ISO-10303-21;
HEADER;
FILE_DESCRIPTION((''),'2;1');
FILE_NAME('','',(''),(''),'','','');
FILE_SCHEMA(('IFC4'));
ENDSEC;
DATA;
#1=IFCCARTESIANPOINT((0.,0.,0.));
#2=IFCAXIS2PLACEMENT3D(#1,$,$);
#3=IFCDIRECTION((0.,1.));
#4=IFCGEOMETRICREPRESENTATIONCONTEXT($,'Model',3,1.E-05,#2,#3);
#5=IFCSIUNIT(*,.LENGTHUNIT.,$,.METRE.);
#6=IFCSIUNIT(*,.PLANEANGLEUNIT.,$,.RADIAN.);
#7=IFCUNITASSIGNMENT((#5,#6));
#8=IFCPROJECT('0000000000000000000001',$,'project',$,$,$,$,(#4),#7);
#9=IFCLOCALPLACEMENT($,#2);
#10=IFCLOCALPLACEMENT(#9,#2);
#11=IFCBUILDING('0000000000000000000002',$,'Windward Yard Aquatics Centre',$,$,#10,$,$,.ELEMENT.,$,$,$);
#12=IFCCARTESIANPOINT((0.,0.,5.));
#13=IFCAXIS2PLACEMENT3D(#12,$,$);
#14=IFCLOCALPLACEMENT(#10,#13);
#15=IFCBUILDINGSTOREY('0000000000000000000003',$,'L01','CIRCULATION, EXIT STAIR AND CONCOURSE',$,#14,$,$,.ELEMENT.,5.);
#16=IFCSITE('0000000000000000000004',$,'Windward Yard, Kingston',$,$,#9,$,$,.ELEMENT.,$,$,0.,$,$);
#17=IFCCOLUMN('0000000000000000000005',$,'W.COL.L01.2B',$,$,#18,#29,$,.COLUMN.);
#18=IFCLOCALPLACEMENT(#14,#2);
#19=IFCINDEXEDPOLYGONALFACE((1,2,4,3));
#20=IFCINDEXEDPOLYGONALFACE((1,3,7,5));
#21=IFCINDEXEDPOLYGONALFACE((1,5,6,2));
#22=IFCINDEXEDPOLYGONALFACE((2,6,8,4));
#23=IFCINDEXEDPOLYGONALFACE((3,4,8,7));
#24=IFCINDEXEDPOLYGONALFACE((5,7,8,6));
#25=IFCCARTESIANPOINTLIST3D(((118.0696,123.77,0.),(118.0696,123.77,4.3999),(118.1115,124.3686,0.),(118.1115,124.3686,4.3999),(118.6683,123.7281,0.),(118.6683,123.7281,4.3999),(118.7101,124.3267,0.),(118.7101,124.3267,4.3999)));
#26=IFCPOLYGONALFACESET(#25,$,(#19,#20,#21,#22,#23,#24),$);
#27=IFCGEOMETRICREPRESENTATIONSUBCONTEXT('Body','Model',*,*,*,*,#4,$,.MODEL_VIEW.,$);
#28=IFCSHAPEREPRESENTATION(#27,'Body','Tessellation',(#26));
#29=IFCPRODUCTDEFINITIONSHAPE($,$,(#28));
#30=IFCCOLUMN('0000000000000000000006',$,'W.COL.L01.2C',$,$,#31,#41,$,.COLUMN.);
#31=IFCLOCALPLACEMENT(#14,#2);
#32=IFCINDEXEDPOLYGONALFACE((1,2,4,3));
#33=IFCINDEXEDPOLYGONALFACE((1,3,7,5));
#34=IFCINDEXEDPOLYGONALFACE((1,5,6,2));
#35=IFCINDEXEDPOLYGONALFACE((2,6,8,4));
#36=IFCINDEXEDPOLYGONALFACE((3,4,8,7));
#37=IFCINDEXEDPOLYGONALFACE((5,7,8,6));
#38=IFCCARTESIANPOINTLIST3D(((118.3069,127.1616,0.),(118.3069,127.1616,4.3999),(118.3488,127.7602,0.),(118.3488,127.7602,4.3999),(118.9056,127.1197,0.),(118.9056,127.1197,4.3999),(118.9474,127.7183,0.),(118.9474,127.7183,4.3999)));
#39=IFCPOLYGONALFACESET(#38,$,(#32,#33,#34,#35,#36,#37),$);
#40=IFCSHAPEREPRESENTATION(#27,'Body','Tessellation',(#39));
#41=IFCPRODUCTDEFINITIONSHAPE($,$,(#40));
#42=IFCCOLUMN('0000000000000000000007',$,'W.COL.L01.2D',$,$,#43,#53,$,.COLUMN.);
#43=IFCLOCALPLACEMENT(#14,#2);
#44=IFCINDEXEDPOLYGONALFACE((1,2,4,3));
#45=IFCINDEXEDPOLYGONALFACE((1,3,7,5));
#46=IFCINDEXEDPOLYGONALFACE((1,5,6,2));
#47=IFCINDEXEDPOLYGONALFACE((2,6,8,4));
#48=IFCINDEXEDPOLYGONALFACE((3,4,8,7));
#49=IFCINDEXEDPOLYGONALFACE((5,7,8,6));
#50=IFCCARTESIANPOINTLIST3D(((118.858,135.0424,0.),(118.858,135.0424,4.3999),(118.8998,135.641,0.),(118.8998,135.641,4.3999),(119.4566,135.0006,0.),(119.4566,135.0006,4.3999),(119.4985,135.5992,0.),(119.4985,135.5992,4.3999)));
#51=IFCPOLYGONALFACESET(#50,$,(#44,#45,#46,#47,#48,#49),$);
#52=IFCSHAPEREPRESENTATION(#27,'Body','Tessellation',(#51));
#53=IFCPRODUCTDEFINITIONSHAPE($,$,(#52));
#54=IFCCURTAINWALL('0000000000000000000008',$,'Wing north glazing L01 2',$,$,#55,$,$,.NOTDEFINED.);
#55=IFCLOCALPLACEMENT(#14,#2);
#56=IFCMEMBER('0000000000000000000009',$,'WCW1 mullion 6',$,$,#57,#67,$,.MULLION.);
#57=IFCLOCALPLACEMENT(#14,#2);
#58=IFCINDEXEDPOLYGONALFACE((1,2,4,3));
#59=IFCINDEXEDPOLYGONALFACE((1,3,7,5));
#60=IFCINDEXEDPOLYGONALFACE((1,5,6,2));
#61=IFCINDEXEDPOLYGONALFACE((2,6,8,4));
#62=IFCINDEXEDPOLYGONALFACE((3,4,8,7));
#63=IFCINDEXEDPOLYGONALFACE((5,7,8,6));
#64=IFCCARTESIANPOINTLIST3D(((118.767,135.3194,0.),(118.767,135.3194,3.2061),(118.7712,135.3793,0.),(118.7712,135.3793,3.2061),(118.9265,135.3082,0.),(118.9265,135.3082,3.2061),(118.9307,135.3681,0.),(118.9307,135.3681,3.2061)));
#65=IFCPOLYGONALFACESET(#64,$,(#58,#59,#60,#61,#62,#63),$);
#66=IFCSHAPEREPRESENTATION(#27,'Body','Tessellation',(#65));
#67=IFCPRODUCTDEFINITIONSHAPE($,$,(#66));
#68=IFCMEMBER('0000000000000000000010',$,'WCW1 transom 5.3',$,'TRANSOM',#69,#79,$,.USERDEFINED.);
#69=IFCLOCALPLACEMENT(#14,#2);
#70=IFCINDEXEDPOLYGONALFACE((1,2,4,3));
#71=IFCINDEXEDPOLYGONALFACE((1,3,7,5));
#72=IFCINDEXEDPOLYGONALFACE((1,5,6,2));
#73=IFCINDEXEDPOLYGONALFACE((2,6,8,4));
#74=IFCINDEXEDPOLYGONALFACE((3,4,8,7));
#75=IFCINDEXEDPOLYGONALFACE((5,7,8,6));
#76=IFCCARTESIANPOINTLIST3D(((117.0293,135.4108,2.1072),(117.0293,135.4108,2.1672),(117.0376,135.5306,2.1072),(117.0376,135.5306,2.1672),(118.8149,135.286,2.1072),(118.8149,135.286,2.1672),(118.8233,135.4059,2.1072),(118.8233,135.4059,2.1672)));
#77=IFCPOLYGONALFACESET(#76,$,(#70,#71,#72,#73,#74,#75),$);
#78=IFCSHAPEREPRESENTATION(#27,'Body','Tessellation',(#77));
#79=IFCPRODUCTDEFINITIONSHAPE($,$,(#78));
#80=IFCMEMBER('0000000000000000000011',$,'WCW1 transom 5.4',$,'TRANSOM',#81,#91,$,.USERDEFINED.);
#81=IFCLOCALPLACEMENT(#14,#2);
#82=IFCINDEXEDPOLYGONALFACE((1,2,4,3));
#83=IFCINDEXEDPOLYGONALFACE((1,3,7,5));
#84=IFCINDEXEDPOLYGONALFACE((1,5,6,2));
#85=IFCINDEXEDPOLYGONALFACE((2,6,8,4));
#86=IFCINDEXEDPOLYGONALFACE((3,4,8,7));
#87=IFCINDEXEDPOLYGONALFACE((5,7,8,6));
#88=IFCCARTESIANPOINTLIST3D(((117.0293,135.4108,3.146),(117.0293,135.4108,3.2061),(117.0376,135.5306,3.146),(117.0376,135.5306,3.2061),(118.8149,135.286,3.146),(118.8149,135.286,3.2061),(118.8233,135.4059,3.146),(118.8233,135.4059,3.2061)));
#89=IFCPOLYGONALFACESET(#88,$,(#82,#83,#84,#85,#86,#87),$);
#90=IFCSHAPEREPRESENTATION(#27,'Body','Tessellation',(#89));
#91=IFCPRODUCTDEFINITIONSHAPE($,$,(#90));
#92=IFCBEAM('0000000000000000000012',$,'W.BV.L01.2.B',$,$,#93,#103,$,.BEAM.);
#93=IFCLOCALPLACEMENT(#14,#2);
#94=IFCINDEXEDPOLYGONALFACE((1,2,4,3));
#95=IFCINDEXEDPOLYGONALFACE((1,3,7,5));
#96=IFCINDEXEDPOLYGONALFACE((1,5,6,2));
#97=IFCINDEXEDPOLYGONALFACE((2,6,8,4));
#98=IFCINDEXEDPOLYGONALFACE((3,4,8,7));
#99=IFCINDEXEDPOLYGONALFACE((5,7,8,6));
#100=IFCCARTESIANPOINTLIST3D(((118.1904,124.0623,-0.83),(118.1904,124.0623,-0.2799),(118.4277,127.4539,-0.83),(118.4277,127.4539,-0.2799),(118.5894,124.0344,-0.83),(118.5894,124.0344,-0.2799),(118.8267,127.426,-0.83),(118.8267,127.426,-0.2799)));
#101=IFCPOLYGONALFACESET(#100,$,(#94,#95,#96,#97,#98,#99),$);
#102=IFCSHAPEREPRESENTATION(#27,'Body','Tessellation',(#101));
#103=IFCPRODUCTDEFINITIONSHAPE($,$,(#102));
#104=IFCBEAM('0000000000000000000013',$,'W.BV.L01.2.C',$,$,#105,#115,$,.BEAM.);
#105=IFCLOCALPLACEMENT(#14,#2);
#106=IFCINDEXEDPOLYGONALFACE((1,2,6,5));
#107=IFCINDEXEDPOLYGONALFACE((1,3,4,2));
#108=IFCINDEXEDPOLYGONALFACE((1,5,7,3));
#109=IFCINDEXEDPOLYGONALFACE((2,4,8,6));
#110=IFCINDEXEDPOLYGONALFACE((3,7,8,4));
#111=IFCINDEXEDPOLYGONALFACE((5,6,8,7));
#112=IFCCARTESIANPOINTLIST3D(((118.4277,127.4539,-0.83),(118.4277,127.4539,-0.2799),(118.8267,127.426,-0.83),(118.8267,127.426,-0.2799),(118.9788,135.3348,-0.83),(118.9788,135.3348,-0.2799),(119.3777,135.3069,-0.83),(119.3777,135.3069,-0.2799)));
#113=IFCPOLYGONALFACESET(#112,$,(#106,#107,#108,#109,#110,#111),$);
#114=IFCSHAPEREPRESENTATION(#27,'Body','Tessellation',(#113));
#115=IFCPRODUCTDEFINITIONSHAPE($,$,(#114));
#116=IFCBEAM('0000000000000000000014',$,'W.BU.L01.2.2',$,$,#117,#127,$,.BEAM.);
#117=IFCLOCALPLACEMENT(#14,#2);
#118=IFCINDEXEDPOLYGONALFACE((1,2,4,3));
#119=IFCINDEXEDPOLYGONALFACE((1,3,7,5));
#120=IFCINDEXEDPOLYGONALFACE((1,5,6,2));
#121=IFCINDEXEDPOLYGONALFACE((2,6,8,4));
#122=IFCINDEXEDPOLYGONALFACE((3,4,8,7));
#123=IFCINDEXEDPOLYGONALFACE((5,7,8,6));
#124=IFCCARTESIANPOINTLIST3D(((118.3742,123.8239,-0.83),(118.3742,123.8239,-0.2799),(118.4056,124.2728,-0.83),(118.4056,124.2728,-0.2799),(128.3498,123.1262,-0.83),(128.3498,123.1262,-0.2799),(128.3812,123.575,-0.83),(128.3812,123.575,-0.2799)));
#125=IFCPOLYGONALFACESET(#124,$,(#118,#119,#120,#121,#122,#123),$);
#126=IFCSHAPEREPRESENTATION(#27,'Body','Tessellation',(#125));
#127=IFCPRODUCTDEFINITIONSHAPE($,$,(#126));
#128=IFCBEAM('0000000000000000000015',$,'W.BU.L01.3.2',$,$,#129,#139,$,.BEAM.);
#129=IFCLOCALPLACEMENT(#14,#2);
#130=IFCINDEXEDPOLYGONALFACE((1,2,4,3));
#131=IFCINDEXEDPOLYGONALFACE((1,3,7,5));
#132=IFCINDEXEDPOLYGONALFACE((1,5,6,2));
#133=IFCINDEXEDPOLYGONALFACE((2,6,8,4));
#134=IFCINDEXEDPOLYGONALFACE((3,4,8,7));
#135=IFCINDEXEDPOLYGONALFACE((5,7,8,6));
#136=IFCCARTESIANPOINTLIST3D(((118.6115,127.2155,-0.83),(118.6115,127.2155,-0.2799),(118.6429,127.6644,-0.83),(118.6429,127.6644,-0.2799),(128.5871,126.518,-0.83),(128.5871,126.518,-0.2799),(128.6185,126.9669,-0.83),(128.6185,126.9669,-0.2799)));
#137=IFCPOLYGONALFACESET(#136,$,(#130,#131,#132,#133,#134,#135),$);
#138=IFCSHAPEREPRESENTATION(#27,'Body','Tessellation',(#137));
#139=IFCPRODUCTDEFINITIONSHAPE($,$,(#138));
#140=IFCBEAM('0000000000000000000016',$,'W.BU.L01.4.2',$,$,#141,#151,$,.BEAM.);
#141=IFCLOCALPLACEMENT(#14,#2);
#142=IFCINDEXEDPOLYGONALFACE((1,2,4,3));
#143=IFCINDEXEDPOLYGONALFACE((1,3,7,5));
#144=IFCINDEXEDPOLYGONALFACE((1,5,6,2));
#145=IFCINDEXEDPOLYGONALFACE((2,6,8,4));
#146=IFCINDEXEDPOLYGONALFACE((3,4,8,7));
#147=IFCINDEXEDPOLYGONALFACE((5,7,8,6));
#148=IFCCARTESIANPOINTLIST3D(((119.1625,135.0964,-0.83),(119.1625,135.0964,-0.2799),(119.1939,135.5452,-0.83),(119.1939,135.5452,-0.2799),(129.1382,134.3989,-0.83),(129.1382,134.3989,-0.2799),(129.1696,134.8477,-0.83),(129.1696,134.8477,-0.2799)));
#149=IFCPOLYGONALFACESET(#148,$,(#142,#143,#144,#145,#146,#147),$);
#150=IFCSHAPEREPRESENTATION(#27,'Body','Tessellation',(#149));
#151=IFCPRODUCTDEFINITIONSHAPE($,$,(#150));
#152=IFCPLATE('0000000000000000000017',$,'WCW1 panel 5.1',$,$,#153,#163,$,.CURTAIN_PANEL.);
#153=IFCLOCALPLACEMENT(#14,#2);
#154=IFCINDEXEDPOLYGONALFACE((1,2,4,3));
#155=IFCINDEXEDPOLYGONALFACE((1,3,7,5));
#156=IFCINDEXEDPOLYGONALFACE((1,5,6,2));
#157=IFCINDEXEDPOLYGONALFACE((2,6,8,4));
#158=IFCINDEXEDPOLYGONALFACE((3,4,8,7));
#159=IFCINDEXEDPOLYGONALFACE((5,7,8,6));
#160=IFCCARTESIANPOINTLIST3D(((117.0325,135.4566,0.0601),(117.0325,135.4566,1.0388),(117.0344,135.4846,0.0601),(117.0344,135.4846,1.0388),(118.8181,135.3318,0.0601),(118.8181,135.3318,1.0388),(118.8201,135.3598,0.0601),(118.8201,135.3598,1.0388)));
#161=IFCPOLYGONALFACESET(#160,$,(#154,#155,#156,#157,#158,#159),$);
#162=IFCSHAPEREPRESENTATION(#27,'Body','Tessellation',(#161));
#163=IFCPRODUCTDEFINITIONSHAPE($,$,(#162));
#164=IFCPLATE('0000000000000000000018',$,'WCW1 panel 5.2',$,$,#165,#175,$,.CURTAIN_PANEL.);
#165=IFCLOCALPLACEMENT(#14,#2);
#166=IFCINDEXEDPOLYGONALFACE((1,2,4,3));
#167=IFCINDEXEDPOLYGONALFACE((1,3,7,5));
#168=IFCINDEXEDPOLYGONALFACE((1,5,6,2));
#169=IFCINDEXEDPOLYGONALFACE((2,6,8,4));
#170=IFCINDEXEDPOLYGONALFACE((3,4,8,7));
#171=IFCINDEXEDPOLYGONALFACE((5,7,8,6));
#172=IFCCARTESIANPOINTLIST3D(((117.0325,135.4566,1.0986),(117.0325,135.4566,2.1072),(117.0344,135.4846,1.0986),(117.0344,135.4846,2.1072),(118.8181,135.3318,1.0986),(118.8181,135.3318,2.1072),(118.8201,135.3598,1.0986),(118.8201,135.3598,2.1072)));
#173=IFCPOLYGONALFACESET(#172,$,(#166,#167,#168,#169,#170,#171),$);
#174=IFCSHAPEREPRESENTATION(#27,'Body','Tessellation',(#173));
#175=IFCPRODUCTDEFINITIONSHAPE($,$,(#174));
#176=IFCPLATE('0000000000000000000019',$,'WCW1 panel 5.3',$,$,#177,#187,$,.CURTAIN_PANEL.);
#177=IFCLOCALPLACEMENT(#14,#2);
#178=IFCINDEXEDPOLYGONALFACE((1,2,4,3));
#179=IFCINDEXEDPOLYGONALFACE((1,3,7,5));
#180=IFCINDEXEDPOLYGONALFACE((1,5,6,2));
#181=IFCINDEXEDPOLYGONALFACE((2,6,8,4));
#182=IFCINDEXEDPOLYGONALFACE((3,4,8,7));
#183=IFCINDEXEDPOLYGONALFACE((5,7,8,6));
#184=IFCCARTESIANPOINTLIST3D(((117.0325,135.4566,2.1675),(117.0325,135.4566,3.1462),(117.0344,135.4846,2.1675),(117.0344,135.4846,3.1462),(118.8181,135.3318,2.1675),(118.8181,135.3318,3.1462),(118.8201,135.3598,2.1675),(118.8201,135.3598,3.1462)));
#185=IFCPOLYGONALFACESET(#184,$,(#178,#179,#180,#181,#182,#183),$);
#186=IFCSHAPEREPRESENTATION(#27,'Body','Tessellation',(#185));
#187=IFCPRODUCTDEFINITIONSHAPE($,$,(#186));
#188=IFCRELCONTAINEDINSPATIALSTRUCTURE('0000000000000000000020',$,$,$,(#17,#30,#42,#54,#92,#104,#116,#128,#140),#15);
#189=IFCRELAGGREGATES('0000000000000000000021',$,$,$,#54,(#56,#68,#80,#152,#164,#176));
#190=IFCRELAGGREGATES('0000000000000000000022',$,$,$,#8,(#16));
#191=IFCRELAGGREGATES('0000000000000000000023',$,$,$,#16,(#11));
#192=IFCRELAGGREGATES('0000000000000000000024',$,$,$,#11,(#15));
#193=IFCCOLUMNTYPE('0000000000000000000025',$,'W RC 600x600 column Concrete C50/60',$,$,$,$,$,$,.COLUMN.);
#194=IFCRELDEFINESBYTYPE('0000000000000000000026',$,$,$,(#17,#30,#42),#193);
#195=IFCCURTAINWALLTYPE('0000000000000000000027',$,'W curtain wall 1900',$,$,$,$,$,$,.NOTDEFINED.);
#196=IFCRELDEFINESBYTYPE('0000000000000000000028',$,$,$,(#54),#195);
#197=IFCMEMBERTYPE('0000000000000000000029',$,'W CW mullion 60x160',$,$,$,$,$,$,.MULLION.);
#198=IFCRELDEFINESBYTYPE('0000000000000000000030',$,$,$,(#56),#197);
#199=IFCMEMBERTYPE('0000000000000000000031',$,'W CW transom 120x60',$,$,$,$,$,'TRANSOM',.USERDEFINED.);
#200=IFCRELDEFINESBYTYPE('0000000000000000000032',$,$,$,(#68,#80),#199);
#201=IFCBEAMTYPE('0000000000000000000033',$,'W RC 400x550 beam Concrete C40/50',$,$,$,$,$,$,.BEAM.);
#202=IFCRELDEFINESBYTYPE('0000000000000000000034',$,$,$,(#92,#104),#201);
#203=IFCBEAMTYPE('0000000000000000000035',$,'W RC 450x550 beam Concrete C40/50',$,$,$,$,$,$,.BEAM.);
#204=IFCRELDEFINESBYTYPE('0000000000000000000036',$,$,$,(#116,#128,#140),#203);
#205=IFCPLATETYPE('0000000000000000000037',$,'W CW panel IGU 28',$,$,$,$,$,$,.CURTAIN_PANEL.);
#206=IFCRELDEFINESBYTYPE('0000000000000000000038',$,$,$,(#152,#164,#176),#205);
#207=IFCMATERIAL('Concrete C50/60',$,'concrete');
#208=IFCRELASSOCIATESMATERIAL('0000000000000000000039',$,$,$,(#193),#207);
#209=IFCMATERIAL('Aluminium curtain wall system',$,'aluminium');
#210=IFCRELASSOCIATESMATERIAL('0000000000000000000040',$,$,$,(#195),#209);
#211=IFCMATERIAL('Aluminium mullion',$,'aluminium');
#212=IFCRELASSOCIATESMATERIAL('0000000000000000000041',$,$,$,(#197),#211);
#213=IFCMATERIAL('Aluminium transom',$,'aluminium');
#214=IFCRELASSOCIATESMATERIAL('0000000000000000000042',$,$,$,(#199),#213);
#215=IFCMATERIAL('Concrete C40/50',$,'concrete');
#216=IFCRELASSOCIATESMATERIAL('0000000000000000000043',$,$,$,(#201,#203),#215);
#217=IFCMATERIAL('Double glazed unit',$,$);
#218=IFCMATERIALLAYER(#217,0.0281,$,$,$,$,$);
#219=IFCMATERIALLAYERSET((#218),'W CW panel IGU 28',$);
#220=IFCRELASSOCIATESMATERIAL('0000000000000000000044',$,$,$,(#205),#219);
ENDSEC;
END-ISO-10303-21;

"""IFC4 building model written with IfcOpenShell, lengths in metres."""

from ifc_helpers import new_model, si_unit, direction, frame, origin, origin_2d, place, context, subcontext, project, spatial, rectangle, extrude, material, layer, layer_set, material_profile, profile_set, type_object, element, aggregate, save


model = new_model("IFC4")

# Units and contexts
model_context = context("Model", 3, precision=1e-05, world=origin(), true_north=direction((0.0, 1.0)))
body_context = subcontext(model_context, "Body", "Model", "MODEL_VIEW")
ifc_project = project(units=[si_unit("LENGTHUNIT", "METRE"), si_unit("PLANEANGLEUNIT", "RADIAN")], contexts=[model_context])

# Site, building, storey
site_placement = place(None, origin())
site = spatial("IfcSite", under=ifc_project, at=site_placement, Name="Windward Yard, Kingston", CompositionType="ELEMENT", RefElevation=0.0)
building_placement = place(site_placement, origin())
building = spatial("IfcBuilding", under=site, at=building_placement, Name="Windward Yard Aquatics Centre", CompositionType="ELEMENT")
storey_placement = place(building_placement, frame((0.0, 0.0, 5.0)))
storey = spatial("IfcBuildingStorey", under=building, at=storey_placement, Name="L01", Description="CIRCULATION, EXIT STAIR AND CONCOURSE", CompositionType="ELEMENT", Elevation=5.0)

# Columns
ifc_material_1 = material(Name="Concrete C50/60", Category="concrete")
ifc_material_profile_1 = material_profile(ifc_material_1, rectangle(XDim=0.6001, YDim=0.6001, at=origin_2d()), Name="RC 600x600")
ifc_profile_set_1 = profile_set([ifc_material_profile_1], Name="Concrete C50/60")
column_type = type_object("IfcColumnType", Name="W RC 600x600 column Concrete C50/60", PredefinedType="COLUMN", material=ifc_profile_set_1)
for number, where, z_axis, x_axis, name in (
    (1, (118.3899, 124.0483, 0.0), (0.0, 0.0, 1.0), (0.997564, -0.069756, 0.0), "W.COL.L01.2B"),
    (2, (118.6272, 127.4399, 0.0), (0.0, 0.0, 1.0), (0.997564, -0.069756, 0.0), "W.COL.L01.2C"),
    (3, (119.1782, 135.3208, 0.0), (0.0, 0.0, 1.0), (0.997564, -0.069756, 0.0), "W.COL.L01.2D"),
):
    element("IfcColumn", number, at=place(storey_placement, frame(where, z_axis=z_axis, x_axis=x_axis)), inside=storey, type_object=column_type, Name=name, PredefinedType="COLUMN", context=body_context, shape_type="SweptSolid", body=[
        extrude(rectangle(XDim=0.6001, YDim=0.6001, at=origin_2d()), origin(), (0.0, 0.0, 1.0), 4.3999),
    ])

# Curtain wall, members
ifc_material_2 = material(Name="Aluminium curtain wall system", Category="aluminium")
curtain_wall_type = type_object("IfcCurtainWallType", Name="W curtain wall 1900", PredefinedType="NOTDEFINED", material=ifc_material_2)
curtain_wall_placement = place(storey_placement, origin())
curtain_wall = element("IfcCurtainWall", 4, at=curtain_wall_placement, inside=storey, type_object=curtain_wall_type, Name="Wing north glazing L01 2", PredefinedType="NOTDEFINED")
ifc_material_3 = material(Name="Aluminium mullion", Category="aluminium")
ifc_material_profile_2 = material_profile(ifc_material_3, rectangle(XDim=0.0601, YDim=0.1599, at=origin_2d()), Name="AL 60x160")
ifc_profile_set_2 = profile_set([ifc_material_profile_2], Name="Aluminium mullion")
member_type_1 = type_object("IfcMemberType", Name="W CW mullion 60x160", PredefinedType="MULLION", material=ifc_profile_set_2)
member_1_placement = place(storey_placement, frame((118.8489, 135.3438, 0.0), z_axis=(0.0, 0.0, 1.0), x_axis=(0.069755, 0.997564, 0.0)))
member_1 = element("IfcMember", 5, at=member_1_placement, type_object=member_type_1, Name="WCW1 mullion 6", PredefinedType="MULLION", context=body_context, shape_type="SweptSolid", body=[
    extrude(rectangle(XDim=0.0601, YDim=0.1599, at=origin_2d()), origin(), (0.0, 0.0, 1.0), 3.2061),
])
ifc_material_4 = material(Name="Aluminium transom", Category="aluminium")
ifc_material_profile_3 = material_profile(ifc_material_4, rectangle(XDim=0.1201, YDim=0.0601, at=origin_2d()), Name="AL 120x60")
ifc_profile_set_3 = profile_set([ifc_material_profile_3], Name="Aluminium transom")
member_type_2 = type_object("IfcMemberType", Name="W CW transom 120x60", ElementType="TRANSOM", PredefinedType="USERDEFINED", material=ifc_profile_set_3)
member_2_placement = place(storey_placement, frame((117.0334, 135.4707, 2.1372), z_axis=(0.997568, -0.069696, 0.0), x_axis=(0.069696, 0.997568, 0.0)))
member_2 = element("IfcMember", 6, at=member_2_placement, type_object=member_type_2, Name="WCW1 transom 5.3", ObjectType="TRANSOM", PredefinedType="USERDEFINED", context=body_context, shape_type="SweptSolid", body=[
    extrude(rectangle(XDim=0.1201, YDim=0.0601, at=origin_2d()), origin(), (0.0, 0.0, 1.0), 1.79),
])
member_3_placement = place(storey_placement, frame((117.0334, 135.4707, 3.176), z_axis=(0.997568, -0.069696, 0.0), x_axis=(0.069696, 0.997568, 0.0)))
member_3 = element("IfcMember", 7, at=member_3_placement, type_object=member_type_2, Name="WCW1 transom 5.4", ObjectType="TRANSOM", PredefinedType="USERDEFINED", context=body_context, shape_type="SweptSolid", body=[
    extrude(rectangle(XDim=0.1201, YDim=0.0601, at=origin_2d()), origin(), (0.0, 0.0, 1.0), 1.79),
])

# Beams
ifc_material_5 = material(Name="Concrete C40/50", Category="concrete")
ifc_material_profile_4 = material_profile(ifc_material_5, rectangle(XDim=0.3999, YDim=0.55, at=origin_2d()), Name="RC 400x550")
ifc_profile_set_4 = profile_set([ifc_material_profile_4], Name="Concrete C40/50")
beam_type_1 = type_object("IfcBeamType", Name="W RC 400x550 beam Concrete C40/50", PredefinedType="BEAM", material=ifc_profile_set_4)
beam_1_placement = place(storey_placement, frame((118.3899, 124.0483, -0.5549), z_axis=(0.069798, 0.997561, 0.0), x_axis=(-0.997561, 0.069798, 0.0)))
element("IfcBeam", 8, at=beam_1_placement, inside=storey, type_object=beam_type_1, Name="W.BV.L01.2.B", PredefinedType="BEAM", context=body_context, shape_type="SweptSolid", body=[
    extrude(rectangle(XDim=0.3999, YDim=0.55, at=origin_2d()), origin(), (0.0, 0.0, 1.0), 3.3999),
])
beam_2_placement = place(storey_placement, frame((118.6272, 127.4399, -0.5549), z_axis=(0.069749, 0.997565, 0.0), x_axis=(-0.997565, 0.069749, 0.0)))
element("IfcBeam", 9, at=beam_2_placement, inside=storey, type_object=beam_type_1, Name="W.BV.L01.2.C", PredefinedType="BEAM", context=body_context, shape_type="SweptSolid", body=[
    extrude(rectangle(XDim=0.3999, YDim=0.55, at=origin_2d()), origin(), (0.0, 0.0, 1.0), 7.9001),
])
ifc_material_profile_5 = material_profile(ifc_material_5, rectangle(XDim=0.45, YDim=0.55, at=origin_2d()), Name="RC 450x550")
ifc_profile_set_5 = profile_set([ifc_material_profile_5], Name="Concrete C40/50")
beam_type_2 = type_object("IfcBeamType", Name="W RC 450x550 beam Concrete C40/50", PredefinedType="BEAM", material=ifc_profile_set_5)
for number, where, z_axis, x_axis, name in (
    (10, (118.3899, 124.0483, -0.5549), (0.997563, -0.069776, 0.0), (0.069776, 0.997563, 0.0), "W.BU.L01.2.2"),
    (11, (118.6272, 127.4399, -0.5549), (0.997564, -0.069751, 0.0), (0.069751, 0.997564, 0.0), "W.BU.L01.3.2"),
    (12, (119.1782, 135.3208, -0.5549), (0.997564, -0.069751, 0.0), (0.069751, 0.997564, 0.0), "W.BU.L01.4.2"),
):
    element("IfcBeam", number, at=place(storey_placement, frame(where, z_axis=z_axis, x_axis=x_axis)), inside=storey, type_object=beam_type_2, Name=name, PredefinedType="BEAM", context=body_context, shape_type="SweptSolid", body=[
        extrude(rectangle(XDim=0.45, YDim=0.55, at=origin_2d()), origin(), (0.0, 0.0, 1.0), 10.0),
    ])

# Plates
ifc_material_6 = material(Name="Double glazed unit")
ifc_layer_1 = layer(ifc_material_6, 0.0281)
ifc_layer_set_1 = layer_set([ifc_layer_1], Name="W CW panel IGU 28")
plate_type = type_object("IfcPlateType", Name="W CW panel IGU 28", PredefinedType="CURTAIN_PANEL", material=ifc_layer_set_1)
plate_1_placement = place(storey_placement, frame((117.9263, 135.4082, 0.0601), z_axis=(0.0, 0.0, 1.0), x_axis=(0.997564, -0.069755, 0.0)))
plate_1 = element("IfcPlate", 13, at=plate_1_placement, type_object=plate_type, Name="WCW1 panel 5.1", PredefinedType="CURTAIN_PANEL", context=body_context, shape_type="SweptSolid", body=[
    extrude(rectangle(XDim=1.79, YDim=0.0281, at=origin_2d()), origin(), (0.0, 0.0, 1.0), 0.9788),
])
plate_2_placement = place(storey_placement, frame((117.9263, 135.4082, 1.0986), z_axis=(0.0, 0.0, 1.0), x_axis=(0.997564, -0.069755, 0.0)))
plate_2 = element("IfcPlate", 14, at=plate_2_placement, type_object=plate_type, Name="WCW1 panel 5.2", PredefinedType="CURTAIN_PANEL", context=body_context, shape_type="SweptSolid", body=[
    extrude(rectangle(XDim=1.79, YDim=0.0281, at=origin_2d()), origin(), (0.0, 0.0, 1.0), 1.0085),
])
plate_3_placement = place(storey_placement, frame((117.9263, 135.4082, 2.1675), z_axis=(0.0, 0.0, 1.0), x_axis=(0.997564, -0.069755, 0.0)))
plate_3 = element("IfcPlate", 15, at=plate_3_placement, type_object=plate_type, Name="WCW1 panel 5.3", PredefinedType="CURTAIN_PANEL", context=body_context, shape_type="SweptSolid", body=[
    extrude(rectangle(XDim=1.79, YDim=0.0281, at=origin_2d()), origin(), (0.0, 0.0, 1.0), 0.9788),
])
aggregate(curtain_wall, [member_1, member_2, member_3, plate_1, plate_2, plate_3])

save(model, "model.ifc")
